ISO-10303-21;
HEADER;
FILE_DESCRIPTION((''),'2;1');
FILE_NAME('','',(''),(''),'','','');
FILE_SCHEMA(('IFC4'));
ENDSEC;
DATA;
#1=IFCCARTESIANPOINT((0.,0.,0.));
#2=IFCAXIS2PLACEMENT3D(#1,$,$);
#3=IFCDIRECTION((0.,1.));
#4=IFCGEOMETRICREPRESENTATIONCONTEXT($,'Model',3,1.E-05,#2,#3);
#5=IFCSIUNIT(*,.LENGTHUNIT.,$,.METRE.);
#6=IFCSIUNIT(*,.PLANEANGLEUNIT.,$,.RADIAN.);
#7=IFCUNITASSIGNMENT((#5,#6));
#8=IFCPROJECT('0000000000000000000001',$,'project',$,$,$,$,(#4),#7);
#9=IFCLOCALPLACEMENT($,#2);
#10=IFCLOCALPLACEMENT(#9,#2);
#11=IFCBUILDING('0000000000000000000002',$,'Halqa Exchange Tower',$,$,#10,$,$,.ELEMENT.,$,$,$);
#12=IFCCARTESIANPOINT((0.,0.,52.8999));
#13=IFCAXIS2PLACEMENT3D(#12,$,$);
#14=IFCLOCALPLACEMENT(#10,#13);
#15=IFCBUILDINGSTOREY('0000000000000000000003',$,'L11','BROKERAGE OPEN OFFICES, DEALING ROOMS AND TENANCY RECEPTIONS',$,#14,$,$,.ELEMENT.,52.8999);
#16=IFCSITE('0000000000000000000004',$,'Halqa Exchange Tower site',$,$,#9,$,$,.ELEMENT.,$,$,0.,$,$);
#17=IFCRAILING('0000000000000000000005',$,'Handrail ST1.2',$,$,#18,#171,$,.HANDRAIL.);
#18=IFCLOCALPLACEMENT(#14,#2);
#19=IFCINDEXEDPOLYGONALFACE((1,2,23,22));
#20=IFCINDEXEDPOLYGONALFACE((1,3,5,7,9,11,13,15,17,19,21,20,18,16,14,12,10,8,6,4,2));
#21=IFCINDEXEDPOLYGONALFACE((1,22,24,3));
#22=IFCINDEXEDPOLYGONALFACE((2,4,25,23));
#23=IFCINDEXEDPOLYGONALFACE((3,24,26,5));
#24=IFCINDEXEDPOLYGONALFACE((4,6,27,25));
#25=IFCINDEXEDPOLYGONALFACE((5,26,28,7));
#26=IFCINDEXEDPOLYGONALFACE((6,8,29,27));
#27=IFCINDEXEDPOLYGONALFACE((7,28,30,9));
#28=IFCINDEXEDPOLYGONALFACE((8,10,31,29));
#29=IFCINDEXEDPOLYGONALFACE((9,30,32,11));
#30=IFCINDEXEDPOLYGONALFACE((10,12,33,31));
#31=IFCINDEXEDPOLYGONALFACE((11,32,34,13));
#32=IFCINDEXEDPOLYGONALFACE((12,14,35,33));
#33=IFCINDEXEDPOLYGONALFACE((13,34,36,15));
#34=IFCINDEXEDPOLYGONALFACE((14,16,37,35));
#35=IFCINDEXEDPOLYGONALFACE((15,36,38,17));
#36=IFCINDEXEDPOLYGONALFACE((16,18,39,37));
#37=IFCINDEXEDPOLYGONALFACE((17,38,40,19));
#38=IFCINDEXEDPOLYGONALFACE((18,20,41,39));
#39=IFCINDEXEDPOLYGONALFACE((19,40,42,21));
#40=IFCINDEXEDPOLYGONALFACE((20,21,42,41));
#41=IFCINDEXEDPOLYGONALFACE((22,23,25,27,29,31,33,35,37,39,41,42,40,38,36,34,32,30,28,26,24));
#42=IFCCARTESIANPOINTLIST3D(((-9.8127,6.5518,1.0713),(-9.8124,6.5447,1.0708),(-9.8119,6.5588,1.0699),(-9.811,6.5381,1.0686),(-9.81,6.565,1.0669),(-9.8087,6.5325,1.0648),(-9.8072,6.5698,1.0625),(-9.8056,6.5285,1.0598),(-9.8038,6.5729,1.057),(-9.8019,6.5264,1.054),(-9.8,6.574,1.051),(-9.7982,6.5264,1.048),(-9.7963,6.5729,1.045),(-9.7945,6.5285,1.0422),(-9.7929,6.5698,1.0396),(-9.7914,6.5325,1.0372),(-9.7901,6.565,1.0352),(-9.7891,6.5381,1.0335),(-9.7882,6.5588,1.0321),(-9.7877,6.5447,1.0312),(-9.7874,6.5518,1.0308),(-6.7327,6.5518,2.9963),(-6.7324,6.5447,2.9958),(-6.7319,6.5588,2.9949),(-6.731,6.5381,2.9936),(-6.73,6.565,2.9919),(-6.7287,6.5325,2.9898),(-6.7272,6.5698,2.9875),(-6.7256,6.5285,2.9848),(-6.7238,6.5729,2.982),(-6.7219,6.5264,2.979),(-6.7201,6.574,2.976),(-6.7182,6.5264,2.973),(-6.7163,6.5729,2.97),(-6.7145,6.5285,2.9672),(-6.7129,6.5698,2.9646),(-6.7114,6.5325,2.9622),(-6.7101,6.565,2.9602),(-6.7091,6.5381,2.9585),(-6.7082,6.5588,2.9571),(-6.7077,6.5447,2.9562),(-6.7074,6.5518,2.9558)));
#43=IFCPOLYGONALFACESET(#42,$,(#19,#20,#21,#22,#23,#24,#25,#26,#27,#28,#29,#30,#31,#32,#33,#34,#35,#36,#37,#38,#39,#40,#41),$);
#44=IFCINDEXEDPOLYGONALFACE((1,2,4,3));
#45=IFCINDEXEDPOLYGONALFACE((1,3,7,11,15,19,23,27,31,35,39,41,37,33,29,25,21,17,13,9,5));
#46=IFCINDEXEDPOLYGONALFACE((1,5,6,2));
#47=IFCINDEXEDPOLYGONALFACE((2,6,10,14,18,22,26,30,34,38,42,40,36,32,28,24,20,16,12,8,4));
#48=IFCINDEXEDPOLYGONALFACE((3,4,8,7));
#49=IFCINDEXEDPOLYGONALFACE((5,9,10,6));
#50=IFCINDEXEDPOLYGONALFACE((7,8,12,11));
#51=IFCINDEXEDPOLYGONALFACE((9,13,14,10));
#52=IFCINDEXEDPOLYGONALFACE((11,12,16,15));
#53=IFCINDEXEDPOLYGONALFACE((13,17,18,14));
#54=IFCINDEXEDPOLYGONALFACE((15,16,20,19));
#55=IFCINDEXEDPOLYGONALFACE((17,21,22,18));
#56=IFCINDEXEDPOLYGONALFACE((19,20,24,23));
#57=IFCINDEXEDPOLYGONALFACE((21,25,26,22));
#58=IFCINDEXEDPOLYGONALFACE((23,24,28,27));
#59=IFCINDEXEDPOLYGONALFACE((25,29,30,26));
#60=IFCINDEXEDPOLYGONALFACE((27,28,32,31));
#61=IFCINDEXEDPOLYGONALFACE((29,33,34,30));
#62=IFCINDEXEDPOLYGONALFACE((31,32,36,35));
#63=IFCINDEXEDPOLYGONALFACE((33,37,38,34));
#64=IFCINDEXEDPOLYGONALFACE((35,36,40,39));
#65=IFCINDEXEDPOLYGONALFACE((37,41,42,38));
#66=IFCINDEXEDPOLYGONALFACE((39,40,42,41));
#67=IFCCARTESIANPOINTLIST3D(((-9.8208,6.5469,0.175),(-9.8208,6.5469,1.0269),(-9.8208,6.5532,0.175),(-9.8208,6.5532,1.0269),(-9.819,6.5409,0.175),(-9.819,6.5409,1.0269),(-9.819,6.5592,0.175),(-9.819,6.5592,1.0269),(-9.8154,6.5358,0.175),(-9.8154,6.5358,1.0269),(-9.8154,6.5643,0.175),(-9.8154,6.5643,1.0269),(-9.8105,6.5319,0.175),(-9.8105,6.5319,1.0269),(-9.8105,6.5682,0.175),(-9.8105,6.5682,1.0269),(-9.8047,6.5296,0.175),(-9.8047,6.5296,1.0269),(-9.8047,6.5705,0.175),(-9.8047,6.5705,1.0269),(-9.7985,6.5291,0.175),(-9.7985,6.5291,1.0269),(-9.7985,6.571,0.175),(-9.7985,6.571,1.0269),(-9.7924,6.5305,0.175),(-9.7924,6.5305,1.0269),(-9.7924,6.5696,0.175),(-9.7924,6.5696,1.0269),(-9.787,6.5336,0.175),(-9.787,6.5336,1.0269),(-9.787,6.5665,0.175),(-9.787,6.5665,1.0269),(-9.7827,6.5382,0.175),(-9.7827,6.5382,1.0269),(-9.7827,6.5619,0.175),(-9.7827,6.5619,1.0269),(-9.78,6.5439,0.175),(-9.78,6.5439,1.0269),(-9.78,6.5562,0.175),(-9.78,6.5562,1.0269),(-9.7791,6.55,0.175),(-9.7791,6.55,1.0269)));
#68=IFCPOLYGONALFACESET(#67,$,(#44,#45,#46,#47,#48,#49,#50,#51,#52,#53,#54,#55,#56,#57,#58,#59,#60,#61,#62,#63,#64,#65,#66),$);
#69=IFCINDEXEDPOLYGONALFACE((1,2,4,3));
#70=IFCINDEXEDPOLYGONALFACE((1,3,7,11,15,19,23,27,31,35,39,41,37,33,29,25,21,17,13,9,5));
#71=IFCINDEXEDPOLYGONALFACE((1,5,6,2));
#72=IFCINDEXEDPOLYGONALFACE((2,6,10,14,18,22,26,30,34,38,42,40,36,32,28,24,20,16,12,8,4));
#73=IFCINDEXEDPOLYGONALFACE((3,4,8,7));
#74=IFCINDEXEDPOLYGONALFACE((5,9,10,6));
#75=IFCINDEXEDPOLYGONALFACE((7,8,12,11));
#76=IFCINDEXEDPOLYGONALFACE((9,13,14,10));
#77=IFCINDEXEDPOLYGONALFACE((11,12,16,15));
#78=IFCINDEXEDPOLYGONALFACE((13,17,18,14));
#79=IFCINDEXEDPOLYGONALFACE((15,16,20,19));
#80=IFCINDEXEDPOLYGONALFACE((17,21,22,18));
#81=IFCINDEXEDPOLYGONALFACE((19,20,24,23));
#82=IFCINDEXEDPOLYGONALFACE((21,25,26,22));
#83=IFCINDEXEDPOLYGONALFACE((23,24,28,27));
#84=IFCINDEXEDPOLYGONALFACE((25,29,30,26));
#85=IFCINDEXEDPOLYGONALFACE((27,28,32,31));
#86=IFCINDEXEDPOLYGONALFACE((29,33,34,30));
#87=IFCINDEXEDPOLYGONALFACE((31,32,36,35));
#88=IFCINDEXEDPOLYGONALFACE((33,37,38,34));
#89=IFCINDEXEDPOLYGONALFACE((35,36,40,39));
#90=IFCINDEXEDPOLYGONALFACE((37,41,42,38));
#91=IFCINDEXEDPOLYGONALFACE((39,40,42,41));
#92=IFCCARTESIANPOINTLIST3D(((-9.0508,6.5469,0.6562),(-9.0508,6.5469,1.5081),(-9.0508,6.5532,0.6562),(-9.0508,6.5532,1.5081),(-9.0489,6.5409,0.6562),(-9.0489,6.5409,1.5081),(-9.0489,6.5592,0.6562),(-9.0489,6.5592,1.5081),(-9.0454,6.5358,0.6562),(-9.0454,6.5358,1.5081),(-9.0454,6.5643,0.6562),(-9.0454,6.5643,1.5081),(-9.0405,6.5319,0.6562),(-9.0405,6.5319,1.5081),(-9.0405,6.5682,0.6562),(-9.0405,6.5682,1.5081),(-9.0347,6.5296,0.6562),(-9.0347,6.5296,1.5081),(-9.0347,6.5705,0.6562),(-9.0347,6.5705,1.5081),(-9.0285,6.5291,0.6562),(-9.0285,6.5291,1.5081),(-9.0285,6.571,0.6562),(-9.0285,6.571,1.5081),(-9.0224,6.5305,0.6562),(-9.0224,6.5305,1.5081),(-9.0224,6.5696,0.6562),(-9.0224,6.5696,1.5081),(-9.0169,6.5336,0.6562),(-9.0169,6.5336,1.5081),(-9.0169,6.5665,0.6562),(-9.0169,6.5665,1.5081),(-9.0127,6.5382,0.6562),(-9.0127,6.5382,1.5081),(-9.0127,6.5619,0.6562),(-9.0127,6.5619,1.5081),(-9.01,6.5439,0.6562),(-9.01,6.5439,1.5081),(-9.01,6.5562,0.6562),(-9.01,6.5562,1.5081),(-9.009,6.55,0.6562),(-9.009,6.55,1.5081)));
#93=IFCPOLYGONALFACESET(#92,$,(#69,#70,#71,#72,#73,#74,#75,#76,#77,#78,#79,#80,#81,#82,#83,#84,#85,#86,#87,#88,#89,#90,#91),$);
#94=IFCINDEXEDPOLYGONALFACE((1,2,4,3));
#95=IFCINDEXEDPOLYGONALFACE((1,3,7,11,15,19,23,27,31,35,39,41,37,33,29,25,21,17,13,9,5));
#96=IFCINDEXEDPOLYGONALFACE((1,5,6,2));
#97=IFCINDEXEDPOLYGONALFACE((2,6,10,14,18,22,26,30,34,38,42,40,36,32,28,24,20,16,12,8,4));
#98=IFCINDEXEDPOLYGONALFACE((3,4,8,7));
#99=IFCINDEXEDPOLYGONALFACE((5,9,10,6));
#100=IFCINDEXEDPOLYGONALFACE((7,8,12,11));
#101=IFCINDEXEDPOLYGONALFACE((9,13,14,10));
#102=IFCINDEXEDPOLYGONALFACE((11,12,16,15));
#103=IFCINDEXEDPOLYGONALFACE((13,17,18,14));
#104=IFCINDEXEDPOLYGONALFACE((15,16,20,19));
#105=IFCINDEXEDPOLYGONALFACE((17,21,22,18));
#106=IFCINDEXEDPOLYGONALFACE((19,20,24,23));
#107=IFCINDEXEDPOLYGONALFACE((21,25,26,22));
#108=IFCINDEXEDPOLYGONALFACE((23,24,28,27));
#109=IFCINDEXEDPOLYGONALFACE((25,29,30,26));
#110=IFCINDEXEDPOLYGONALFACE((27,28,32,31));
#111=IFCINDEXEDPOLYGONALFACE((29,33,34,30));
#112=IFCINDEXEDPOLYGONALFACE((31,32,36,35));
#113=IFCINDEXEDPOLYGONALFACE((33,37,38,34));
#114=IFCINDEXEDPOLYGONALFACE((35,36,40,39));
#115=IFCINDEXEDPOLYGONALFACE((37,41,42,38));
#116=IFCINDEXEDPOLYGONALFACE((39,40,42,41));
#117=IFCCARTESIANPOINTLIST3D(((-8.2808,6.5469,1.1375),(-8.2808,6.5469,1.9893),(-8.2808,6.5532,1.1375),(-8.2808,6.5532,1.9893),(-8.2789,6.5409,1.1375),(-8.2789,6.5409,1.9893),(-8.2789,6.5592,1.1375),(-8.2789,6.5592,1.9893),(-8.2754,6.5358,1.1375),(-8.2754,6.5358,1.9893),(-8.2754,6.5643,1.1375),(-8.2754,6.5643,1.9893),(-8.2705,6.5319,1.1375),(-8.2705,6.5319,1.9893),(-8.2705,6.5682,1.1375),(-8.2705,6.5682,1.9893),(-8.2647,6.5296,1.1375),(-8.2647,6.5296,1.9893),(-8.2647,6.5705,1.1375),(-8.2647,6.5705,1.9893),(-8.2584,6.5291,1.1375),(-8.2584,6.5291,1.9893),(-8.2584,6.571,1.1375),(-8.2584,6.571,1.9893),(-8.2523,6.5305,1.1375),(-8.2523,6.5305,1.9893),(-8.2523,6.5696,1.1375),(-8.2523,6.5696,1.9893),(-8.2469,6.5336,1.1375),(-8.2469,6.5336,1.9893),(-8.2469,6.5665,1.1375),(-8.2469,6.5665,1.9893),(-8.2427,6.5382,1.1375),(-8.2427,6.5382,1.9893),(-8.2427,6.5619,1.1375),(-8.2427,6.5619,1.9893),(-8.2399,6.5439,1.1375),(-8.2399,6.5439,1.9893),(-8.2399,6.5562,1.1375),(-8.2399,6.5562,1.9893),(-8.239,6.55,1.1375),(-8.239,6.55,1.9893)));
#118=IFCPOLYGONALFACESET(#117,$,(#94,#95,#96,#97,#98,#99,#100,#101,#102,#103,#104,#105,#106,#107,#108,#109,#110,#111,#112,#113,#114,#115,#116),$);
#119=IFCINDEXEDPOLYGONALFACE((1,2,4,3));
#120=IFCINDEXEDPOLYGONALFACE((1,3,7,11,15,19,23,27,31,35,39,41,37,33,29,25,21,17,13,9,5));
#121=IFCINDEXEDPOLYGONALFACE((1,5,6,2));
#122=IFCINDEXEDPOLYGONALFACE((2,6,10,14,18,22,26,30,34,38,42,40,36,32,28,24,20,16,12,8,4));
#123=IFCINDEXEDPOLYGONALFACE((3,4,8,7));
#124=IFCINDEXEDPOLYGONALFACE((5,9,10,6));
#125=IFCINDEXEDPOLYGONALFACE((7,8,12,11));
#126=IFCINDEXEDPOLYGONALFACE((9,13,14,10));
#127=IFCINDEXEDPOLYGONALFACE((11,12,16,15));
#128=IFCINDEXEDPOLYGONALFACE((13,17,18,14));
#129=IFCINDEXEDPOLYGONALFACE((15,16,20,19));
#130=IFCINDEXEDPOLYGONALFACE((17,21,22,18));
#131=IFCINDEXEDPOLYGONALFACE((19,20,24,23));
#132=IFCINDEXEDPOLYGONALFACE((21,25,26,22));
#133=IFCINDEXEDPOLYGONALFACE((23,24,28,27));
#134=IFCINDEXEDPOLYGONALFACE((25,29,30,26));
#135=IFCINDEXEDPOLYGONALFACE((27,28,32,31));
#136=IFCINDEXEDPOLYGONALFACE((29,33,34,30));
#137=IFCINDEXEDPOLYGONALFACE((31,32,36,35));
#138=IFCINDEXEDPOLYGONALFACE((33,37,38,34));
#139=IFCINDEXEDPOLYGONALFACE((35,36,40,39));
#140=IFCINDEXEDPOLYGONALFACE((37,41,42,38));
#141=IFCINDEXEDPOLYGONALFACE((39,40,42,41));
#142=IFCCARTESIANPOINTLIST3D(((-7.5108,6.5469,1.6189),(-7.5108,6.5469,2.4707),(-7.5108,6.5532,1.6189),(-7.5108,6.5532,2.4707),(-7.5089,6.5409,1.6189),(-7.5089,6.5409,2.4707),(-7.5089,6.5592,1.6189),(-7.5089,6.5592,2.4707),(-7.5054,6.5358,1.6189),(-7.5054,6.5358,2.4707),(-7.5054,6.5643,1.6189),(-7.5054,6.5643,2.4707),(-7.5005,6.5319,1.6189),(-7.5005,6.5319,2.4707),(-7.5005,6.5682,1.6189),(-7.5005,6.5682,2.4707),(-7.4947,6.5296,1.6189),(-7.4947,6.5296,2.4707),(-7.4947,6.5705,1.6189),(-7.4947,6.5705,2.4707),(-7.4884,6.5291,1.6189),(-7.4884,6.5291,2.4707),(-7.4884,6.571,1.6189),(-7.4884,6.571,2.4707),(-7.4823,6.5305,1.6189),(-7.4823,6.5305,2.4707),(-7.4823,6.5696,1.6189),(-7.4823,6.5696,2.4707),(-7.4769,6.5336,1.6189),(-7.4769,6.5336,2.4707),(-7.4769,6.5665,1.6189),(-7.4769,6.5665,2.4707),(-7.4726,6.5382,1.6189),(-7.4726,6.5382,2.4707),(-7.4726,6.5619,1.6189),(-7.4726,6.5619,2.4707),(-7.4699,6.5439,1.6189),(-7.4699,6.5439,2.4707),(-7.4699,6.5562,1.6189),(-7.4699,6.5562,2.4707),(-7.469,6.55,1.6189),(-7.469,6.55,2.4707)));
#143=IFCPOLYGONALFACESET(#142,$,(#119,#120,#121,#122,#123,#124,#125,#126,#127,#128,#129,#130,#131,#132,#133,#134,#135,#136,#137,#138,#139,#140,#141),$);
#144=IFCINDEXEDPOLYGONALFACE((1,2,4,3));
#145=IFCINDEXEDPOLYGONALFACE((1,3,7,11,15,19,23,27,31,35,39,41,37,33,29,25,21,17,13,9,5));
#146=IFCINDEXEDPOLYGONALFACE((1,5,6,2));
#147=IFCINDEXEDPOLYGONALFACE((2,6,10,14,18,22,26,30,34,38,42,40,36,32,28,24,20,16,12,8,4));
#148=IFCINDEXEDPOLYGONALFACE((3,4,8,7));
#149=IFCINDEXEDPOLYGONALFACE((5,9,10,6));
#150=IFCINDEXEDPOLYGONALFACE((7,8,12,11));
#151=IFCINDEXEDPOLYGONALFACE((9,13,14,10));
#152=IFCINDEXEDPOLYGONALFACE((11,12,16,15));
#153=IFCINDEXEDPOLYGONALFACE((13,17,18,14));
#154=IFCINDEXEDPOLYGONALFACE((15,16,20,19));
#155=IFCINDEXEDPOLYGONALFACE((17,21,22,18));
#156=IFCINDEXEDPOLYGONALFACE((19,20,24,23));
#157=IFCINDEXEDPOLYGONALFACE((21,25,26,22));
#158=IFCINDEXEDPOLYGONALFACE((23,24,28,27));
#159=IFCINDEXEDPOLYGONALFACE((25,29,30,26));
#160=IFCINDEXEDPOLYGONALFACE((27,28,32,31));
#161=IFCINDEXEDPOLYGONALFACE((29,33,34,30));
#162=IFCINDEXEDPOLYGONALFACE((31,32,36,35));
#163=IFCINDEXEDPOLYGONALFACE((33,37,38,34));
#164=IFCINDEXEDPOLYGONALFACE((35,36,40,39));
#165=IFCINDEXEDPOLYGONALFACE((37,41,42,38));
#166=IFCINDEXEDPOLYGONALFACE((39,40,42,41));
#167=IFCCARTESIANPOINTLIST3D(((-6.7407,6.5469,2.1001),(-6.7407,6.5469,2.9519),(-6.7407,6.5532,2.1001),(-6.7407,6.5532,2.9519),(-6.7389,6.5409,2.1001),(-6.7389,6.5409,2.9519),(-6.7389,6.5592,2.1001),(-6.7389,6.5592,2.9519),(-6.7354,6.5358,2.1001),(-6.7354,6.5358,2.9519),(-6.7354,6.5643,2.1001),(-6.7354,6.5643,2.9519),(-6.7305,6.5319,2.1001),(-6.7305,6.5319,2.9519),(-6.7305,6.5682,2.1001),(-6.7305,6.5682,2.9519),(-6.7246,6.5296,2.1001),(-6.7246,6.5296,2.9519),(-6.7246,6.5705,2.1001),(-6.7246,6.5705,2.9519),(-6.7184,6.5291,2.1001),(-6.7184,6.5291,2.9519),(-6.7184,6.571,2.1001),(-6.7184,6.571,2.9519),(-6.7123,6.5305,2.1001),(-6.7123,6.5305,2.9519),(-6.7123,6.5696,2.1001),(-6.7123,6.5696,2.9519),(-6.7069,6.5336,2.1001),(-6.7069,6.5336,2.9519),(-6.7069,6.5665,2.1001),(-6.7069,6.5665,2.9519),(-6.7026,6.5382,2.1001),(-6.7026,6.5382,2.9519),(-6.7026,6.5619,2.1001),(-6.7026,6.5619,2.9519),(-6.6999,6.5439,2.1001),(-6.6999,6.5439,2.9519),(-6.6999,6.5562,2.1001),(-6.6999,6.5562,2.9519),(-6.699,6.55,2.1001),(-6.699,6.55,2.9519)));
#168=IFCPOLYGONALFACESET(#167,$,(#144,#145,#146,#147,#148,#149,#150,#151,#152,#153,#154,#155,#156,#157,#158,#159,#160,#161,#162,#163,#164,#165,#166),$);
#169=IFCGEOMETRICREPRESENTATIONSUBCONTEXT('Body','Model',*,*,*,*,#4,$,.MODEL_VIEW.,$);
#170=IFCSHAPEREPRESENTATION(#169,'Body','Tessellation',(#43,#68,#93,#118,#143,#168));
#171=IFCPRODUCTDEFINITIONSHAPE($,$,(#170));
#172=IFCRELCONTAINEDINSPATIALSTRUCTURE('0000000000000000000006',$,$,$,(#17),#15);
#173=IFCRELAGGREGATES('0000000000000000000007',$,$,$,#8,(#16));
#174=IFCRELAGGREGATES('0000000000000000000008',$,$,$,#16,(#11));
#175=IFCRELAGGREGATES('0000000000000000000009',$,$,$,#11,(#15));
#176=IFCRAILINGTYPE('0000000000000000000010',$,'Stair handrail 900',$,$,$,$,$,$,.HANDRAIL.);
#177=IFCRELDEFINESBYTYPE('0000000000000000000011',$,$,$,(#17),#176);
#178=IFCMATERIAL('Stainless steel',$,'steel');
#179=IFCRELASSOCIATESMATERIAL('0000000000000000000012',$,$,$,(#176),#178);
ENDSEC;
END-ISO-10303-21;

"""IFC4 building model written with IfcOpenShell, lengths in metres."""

from ifc_helpers import new_model, si_unit, direction, frame, origin, origin_2d, place, context, subcontext, project, spatial, circle, extrude, material, type_object, element, save


model = new_model("IFC4")

# Units and contexts
model_context = context("Model", 3, precision=1e-05, world=origin(), true_north=direction((0.0, 1.0)))
body_context = subcontext(model_context, "Body", "Model", "MODEL_VIEW")
ifc_project = project(units=[si_unit("LENGTHUNIT", "METRE"), si_unit("PLANEANGLEUNIT", "RADIAN")], contexts=[model_context])

# Site, building, storey
site_placement = place(None, origin())
site = spatial("IfcSite", under=ifc_project, at=site_placement, Name="Halqa Exchange Tower site", CompositionType="ELEMENT", RefElevation=0.0)
building_placement = place(site_placement, origin())
building = spatial("IfcBuilding", under=site, at=building_placement, Name="Halqa Exchange Tower", CompositionType="ELEMENT")
storey_placement = place(building_placement, frame((0.0, 0.0, 52.8999)))
storey = spatial("IfcBuildingStorey", under=building, at=storey_placement, Name="L11", Description="BROKERAGE OPEN OFFICES, DEALING ROOMS AND TENANCY RECEPTIONS", CompositionType="ELEMENT", Elevation=52.8999)

# Shared definitions
ifc_material_1 = material(Name="Stainless steel", Category="steel")

# Railing
railing_type_1 = type_object("IfcRailingType", Name="Stair handrail 900", PredefinedType="HANDRAIL", material=ifc_material_1)
railing_1_placement = place(storey_placement, frame((-9.8, 6.55, 0.175)))
element("IfcRailing", 1, at=railing_1_placement, inside=storey, type_object=railing_type_1, Name="Handrail ST1.2", PredefinedType="HANDRAIL", context=body_context, shape_type="SweptSolid", body=[
    extrude(circle(Radius=0.0239, at=origin_2d()), frame((0.0, 0.0, 0.876), z_axis=(0.847998, 0.0, 0.529999), x_axis=(0.0, 1.0, 0.0)), (0.0, 0.0, 1.0), 3.6321),
    extrude(circle(Radius=0.021, at=origin_2d()), origin(), (0.0, 0.0, 1.0), 0.8518),
    extrude(circle(Radius=0.021, at=origin_2d()), frame((0.77, 0.0, 0.4812)), (0.0, 0.0, 1.0), 0.8518),
    extrude(circle(Radius=0.021, at=origin_2d()), frame((1.54, 0.0, 0.9624)), (0.0, 0.0, 1.0), 0.8518),
    extrude(circle(Radius=0.021, at=origin_2d()), frame((2.3101, 0.0, 1.4438)), (0.0, 0.0, 1.0), 0.8518),
    extrude(circle(Radius=0.021, at=origin_2d()), frame((3.0801, 0.0, 1.925)), (0.0, 0.0, 1.0), 0.8518),
])

save(model, "model.ifc")
